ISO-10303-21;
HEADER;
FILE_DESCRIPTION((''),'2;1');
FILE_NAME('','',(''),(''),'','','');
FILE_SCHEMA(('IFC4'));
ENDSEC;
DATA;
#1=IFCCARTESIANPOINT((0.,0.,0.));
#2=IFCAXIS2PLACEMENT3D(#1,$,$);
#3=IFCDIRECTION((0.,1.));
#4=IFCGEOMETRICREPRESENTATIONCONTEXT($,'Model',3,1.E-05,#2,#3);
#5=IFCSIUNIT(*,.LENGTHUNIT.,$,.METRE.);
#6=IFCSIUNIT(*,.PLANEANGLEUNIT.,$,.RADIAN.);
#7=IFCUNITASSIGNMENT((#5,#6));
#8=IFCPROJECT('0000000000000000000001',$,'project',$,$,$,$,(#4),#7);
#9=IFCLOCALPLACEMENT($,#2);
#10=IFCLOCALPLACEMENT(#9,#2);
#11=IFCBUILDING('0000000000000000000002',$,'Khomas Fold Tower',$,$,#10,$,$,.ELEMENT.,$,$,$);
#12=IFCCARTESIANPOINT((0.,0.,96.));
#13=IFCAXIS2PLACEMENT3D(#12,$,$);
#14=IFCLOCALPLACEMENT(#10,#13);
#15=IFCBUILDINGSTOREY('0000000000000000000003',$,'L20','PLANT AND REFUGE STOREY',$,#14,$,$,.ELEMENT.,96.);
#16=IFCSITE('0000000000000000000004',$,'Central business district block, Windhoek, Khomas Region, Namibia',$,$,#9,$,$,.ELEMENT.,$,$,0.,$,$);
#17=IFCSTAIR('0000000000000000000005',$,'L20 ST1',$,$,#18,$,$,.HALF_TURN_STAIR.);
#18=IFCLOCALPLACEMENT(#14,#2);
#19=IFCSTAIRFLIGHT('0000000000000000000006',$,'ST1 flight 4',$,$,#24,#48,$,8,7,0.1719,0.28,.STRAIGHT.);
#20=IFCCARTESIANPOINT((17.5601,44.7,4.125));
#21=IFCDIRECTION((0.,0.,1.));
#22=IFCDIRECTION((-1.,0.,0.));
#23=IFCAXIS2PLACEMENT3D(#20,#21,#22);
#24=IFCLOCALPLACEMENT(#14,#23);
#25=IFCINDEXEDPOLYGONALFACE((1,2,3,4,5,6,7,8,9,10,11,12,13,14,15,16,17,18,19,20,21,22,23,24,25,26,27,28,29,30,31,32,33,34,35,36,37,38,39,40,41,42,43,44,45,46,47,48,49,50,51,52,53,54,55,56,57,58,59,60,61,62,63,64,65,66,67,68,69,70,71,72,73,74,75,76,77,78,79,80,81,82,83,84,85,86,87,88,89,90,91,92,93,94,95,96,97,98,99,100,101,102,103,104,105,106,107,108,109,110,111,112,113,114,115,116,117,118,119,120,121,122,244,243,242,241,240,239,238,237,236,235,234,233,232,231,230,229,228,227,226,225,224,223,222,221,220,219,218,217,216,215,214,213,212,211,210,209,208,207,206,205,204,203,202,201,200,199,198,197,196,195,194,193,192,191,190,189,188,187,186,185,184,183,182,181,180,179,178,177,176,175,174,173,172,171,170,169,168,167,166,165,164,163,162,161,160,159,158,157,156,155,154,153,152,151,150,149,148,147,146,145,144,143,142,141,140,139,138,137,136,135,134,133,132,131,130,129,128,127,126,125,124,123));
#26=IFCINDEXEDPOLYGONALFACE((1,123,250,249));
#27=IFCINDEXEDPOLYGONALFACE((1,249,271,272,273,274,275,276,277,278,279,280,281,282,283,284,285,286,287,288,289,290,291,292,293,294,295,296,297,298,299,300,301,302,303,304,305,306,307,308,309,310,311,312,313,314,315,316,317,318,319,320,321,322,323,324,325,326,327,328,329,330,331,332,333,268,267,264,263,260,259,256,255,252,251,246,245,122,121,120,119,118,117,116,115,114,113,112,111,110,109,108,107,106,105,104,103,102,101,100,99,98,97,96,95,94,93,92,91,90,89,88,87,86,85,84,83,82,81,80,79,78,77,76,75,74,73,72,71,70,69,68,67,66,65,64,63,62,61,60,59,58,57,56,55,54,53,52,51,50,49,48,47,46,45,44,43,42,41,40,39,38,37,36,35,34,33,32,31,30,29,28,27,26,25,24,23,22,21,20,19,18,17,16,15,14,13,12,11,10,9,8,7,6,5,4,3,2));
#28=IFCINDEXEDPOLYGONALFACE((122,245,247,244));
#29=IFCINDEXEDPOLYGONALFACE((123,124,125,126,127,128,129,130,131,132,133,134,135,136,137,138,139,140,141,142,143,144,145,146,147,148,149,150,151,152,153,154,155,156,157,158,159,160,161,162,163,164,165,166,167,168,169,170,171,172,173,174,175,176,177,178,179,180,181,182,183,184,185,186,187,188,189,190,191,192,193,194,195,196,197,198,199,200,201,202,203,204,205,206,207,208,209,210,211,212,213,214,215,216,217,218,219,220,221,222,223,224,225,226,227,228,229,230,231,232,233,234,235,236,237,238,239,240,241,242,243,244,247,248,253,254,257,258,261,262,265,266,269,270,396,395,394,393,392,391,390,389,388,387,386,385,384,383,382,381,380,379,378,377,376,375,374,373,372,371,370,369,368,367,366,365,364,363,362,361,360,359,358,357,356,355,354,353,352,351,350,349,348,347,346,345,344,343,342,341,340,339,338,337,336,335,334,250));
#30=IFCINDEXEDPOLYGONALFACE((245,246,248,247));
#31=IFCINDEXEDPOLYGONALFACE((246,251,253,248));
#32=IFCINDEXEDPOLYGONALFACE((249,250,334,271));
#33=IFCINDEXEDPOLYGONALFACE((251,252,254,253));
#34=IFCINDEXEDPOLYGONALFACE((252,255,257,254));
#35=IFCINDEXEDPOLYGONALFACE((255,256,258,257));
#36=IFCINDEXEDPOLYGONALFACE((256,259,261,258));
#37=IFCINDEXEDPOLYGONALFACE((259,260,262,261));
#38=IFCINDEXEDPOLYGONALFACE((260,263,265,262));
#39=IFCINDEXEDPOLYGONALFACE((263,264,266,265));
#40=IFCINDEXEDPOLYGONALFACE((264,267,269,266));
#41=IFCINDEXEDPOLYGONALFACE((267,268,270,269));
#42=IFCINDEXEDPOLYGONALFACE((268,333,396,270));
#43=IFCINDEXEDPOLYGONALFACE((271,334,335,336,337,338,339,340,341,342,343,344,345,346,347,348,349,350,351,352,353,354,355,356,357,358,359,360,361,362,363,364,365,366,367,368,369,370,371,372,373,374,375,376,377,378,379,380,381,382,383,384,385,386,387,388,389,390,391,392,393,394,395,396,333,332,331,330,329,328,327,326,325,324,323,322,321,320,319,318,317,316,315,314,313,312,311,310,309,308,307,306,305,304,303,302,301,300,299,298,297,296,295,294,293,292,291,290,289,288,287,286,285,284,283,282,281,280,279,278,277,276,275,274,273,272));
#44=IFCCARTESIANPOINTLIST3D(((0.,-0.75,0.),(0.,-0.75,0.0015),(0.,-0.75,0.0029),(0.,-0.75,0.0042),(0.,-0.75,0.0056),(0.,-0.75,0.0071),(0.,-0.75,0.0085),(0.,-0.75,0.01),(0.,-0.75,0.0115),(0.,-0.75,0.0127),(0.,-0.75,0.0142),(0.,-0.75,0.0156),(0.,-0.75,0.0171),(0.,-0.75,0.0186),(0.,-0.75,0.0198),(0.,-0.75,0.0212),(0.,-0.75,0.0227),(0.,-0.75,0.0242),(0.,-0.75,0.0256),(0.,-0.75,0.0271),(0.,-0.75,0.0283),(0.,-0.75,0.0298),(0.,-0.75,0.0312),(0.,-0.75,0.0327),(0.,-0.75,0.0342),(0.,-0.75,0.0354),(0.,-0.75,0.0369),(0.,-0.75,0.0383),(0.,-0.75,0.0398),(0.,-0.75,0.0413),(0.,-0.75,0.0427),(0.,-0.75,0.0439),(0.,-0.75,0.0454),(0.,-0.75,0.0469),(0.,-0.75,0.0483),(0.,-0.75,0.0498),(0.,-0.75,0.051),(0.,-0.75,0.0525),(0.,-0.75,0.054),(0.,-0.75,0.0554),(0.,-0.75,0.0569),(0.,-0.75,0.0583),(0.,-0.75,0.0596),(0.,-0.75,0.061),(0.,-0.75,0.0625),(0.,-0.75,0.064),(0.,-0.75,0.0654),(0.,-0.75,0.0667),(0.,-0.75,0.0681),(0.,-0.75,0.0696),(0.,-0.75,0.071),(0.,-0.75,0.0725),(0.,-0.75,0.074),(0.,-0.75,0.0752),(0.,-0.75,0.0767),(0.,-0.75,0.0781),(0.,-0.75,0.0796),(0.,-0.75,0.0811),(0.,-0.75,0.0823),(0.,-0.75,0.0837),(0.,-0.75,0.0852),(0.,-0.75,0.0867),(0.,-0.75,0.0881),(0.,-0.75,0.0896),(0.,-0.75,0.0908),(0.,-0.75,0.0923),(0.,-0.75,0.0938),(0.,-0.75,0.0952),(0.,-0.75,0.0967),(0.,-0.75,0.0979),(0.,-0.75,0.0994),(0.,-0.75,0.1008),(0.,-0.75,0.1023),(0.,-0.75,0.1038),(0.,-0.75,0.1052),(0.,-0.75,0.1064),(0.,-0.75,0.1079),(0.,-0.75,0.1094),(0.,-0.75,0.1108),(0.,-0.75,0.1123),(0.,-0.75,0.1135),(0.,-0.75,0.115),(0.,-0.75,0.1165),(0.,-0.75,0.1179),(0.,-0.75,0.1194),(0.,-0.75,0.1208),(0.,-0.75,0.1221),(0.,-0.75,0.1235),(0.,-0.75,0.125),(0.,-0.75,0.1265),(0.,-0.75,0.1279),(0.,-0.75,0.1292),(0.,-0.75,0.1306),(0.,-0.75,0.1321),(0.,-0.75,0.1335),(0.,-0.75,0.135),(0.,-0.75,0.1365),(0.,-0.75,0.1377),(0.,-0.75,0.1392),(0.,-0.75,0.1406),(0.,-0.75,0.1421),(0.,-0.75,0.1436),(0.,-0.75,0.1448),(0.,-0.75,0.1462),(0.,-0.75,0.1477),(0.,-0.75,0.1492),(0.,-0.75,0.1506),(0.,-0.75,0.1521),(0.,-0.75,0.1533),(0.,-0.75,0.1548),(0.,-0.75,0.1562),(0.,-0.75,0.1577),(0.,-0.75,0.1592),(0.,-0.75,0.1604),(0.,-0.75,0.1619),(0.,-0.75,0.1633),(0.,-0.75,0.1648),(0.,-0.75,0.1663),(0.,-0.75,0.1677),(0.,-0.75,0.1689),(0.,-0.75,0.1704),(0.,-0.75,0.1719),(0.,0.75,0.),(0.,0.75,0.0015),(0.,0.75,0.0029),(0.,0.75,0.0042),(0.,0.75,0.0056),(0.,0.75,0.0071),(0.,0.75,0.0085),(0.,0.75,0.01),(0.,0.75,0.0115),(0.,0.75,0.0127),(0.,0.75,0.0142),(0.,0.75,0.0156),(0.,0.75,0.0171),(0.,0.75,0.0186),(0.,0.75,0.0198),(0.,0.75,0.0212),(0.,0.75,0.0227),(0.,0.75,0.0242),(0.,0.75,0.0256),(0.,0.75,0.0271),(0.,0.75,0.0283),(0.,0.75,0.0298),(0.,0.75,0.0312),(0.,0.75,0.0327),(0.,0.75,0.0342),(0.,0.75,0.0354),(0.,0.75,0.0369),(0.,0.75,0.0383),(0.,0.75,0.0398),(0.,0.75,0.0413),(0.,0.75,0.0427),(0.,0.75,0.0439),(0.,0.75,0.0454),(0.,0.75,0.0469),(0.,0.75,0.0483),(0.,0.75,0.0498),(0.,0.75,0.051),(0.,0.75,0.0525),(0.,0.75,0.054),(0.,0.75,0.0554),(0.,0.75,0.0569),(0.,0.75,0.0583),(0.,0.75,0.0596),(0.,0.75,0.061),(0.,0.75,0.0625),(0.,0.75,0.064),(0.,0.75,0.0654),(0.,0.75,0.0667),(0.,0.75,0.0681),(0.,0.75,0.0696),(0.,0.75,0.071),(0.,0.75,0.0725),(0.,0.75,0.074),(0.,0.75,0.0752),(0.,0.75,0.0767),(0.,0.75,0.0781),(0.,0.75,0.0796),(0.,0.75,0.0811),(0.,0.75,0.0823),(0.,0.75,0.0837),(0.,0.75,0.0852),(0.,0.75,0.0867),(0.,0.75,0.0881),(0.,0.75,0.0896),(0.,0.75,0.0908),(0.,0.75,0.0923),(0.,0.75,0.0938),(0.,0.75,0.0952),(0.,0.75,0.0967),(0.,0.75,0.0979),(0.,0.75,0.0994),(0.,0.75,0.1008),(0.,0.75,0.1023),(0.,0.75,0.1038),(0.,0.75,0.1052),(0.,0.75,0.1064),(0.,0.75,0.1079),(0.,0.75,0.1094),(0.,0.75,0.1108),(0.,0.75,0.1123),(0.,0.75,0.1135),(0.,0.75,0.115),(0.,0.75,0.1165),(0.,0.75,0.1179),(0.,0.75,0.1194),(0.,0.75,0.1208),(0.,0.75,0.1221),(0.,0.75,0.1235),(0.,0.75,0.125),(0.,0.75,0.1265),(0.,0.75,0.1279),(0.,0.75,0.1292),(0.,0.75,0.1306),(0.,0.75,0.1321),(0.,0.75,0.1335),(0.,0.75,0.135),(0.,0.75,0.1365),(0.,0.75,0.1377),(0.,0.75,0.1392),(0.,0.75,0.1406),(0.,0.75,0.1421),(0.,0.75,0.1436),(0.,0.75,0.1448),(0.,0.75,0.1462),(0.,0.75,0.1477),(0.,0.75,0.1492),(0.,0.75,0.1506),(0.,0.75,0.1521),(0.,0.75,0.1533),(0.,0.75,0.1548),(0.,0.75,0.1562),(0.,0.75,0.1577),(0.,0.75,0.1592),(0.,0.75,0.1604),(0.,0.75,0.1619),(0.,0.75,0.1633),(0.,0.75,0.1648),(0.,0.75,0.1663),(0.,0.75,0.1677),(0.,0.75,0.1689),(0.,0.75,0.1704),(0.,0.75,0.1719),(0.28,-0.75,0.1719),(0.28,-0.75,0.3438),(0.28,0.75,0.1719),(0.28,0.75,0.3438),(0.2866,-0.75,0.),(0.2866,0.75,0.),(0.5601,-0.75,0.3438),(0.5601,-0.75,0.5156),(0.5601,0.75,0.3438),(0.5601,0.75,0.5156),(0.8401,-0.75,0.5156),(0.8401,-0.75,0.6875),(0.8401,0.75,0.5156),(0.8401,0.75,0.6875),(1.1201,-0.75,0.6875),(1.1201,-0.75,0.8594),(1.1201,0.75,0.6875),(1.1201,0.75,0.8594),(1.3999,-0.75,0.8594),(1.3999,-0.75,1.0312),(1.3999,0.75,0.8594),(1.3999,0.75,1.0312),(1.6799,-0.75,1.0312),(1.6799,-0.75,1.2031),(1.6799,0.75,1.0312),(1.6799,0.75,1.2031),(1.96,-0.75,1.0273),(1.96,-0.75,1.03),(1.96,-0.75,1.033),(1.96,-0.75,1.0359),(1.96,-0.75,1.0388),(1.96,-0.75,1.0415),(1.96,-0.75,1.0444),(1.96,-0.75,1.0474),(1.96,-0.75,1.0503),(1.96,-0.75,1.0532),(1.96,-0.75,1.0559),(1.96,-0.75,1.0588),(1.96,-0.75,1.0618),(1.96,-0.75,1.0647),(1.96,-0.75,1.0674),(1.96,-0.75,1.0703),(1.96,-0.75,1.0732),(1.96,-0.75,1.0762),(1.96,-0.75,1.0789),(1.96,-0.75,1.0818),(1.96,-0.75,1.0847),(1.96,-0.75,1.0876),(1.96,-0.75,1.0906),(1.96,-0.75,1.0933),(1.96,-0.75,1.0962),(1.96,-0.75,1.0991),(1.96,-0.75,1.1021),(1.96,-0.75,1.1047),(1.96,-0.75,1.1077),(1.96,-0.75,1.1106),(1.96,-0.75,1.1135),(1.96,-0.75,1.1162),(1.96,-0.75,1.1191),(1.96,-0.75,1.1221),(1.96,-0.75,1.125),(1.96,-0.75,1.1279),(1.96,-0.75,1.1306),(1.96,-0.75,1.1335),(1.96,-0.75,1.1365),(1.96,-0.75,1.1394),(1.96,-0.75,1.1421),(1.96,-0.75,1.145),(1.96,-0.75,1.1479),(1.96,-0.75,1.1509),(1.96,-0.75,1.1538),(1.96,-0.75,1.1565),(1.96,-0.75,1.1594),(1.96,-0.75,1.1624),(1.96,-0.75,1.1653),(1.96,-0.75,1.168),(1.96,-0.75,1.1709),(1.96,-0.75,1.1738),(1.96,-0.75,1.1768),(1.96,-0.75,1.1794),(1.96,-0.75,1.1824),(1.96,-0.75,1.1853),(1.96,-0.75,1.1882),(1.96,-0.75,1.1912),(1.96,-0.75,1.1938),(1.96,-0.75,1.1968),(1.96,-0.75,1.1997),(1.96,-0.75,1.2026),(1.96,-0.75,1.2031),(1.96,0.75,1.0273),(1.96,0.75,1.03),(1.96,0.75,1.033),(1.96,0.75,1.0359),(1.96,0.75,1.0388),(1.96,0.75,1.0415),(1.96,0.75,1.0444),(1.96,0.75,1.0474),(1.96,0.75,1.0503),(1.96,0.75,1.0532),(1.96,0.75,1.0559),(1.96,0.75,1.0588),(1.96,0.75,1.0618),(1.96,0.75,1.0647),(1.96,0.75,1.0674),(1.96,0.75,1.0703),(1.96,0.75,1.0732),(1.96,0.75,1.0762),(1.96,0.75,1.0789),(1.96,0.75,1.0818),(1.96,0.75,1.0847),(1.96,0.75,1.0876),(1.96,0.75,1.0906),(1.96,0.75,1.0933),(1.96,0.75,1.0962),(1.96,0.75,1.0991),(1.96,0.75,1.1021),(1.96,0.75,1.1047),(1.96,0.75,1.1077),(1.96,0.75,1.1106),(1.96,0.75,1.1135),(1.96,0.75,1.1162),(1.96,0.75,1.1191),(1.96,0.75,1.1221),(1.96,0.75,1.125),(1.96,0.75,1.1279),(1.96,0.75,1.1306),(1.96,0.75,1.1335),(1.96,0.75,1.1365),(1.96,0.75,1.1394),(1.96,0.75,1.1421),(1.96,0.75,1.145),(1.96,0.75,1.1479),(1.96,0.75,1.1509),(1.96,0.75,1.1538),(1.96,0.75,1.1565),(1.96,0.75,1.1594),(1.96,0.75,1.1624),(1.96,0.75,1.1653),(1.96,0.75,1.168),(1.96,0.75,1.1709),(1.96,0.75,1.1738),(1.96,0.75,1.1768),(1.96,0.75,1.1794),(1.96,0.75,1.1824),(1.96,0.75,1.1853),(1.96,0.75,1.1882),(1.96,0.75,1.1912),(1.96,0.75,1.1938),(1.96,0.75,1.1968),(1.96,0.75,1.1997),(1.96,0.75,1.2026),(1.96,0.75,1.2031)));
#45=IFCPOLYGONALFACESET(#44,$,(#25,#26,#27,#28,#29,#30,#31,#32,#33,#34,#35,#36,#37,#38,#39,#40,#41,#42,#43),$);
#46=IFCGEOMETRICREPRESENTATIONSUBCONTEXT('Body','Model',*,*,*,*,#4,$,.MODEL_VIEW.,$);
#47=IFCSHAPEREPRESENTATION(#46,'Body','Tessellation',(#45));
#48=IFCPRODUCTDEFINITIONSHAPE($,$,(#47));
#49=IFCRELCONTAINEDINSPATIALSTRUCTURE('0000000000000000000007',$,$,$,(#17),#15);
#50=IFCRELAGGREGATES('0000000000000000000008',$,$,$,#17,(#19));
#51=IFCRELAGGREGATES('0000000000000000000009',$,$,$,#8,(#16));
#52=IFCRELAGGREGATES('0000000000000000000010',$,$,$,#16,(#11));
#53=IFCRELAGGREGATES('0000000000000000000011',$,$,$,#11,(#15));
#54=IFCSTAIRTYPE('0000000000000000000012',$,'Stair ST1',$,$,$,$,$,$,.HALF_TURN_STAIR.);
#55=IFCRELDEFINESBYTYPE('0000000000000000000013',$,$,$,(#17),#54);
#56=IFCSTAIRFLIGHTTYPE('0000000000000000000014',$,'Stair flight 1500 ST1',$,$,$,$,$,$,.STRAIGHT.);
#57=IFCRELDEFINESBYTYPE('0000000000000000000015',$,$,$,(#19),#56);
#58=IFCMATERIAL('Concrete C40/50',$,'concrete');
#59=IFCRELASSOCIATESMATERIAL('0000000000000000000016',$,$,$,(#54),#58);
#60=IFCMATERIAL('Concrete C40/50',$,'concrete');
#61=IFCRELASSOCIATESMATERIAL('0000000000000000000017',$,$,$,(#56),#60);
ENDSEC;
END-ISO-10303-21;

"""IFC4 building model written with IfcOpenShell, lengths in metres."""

from ifc_helpers import new_model, si_unit, direction, frame, origin, place, context, subcontext, project, spatial, polyline, outline, extrude, source, transform, mapped, material, type_object, element, aggregate, save


model = new_model("IFC4")

# Units and contexts
model_context = context("Model", 3, precision=1e-05, world=origin(), true_north=direction((0.0, 1.0)))
body_context = subcontext(model_context, "Body", "Model", "MODEL_VIEW")
ifc_project = project(units=[si_unit("LENGTHUNIT", "METRE"), si_unit("PLANEANGLEUNIT", "RADIAN")], contexts=[model_context])

# Site, building, storey
site_placement = place(None, origin())
site = spatial("IfcSite", under=ifc_project, at=site_placement, Name="Central business district block, Windhoek, Khomas Region, Namibia", CompositionType="ELEMENT", RefElevation=0.0)
building_placement = place(site_placement, origin())
building = spatial("IfcBuilding", under=site, at=building_placement, Name="Khomas Fold Tower", CompositionType="ELEMENT")
storey_placement = place(building_placement, frame((0.0, 0.0, 96.0)))
storey = spatial("IfcBuildingStorey", under=building, at=storey_placement, Name="L20", Description="PLANT AND REFUGE STOREY", CompositionType="ELEMENT", Elevation=96.0)

# Stair, stair flight
ifc_material_1 = material(Name="Concrete C40/50", Category="concrete")
stair_type_1 = type_object("IfcStairType", Name="Stair ST1", PredefinedType="HALF_TURN_STAIR", material=ifc_material_1)
stair_1_placement = place(storey_placement, origin())
stair_1 = element("IfcStair", 1, at=stair_1_placement, inside=storey, type_object=stair_type_1, Name="L20 ST1", PredefinedType="HALF_TURN_STAIR")
ifc_material_2 = material(Name="Concrete C40/50", Category="concrete")
stair_flight_type_1 = type_object("IfcStairFlightType", Name="Stair flight 1500 ST1", PredefinedType="STRAIGHT", material=ifc_material_2)
shared_shape_1 = source(origin(), body_context, "Body", "SweptSolid", [
    extrude(outline(polyline([(0.0, 0.0), (0.0, 0.0015), (0.0, 0.0029), (0.0, 0.0042), (0.0, 0.0056), (0.0, 0.0071), (0.0, 0.0085), (0.0, 0.01), (0.0, 0.0115), (0.0, 0.0127), (0.0, 0.0142), (0.0, 0.0156), (0.0, 0.0171), (0.0, 0.0186), (0.0, 0.0198), (0.0, 0.0212), (0.0, 0.0227), (0.0, 0.0242), (0.0, 0.0256), (0.0, 0.0271), (0.0, 0.0283), (0.0, 0.0298), (0.0, 0.0312), (0.0, 0.0327), (0.0, 0.0342), (0.0, 0.0354), (0.0, 0.0369), (0.0, 0.0383), (0.0, 0.0398), (0.0, 0.0413), (0.0, 0.0427), (0.0, 0.0439), (0.0, 0.0454), (0.0, 0.0469), (0.0, 0.0483), (0.0, 0.0498), (0.0, 0.051), (0.0, 0.0525), (0.0, 0.054), (0.0, 0.0554), (0.0, 0.0569), (0.0, 0.0583), (0.0, 0.0596), (0.0, 0.061), (0.0, 0.0625), (0.0, 0.064), (0.0, 0.0654), (0.0, 0.0667), (0.0, 0.0681), (0.0, 0.0696), (0.0, 0.071), (0.0, 0.0725), (0.0, 0.074), (0.0, 0.0752), (0.0, 0.0767), (0.0, 0.0781), (0.0, 0.0796), (0.0, 0.0811), (0.0, 0.0823), (0.0, 0.0837), (0.0, 0.0852), (0.0, 0.0867), (0.0, 0.0881), (0.0, 0.0896), (0.0, 0.0908), (0.0, 0.0923), (0.0, 0.0938), (0.0, 0.0952), (0.0, 0.0967), (0.0, 0.0979), (0.0, 0.0994), (0.0, 0.1008), (0.0, 0.1023), (0.0, 0.1038), (0.0, 0.1052), (0.0, 0.1064), (0.0, 0.1079), (0.0, 0.1094), (0.0, 0.1108), (0.0, 0.1123), (0.0, 0.1135), (0.0, 0.115), (0.0, 0.1165), (0.0, 0.1179), (0.0, 0.1194), (0.0, 0.1208), (0.0, 0.1221), (0.0, 0.1235), (0.0, 0.125), (0.0, 0.1265), (0.0, 0.1279), (0.0, 0.1292), (0.0, 0.1306), (0.0, 0.1321), (0.0, 0.1335), (0.0, 0.135), (0.0, 0.1365), (0.0, 0.1377), (0.0, 0.1392), (0.0, 0.1406), (0.0, 0.1421), (0.0, 0.1436), (0.0, 0.1448), (0.0, 0.1462), (0.0, 0.1477), (0.0, 0.1492), (0.0, 0.1506), (0.0, 0.1521), (0.0, 0.1533), (0.0, 0.1548), (0.0, 0.1562), (0.0, 0.1577), (0.0, 0.1592), (0.0, 0.1604), (0.0, 0.1619), (0.0, 0.1633), (0.0, 0.1648), (0.0, 0.1663), (0.0, 0.1677), (0.0, 0.1689), (0.0, 0.1704), (0.0, 0.1719), (0.28, 0.1719), (0.28, 0.3438), (0.5601, 0.3438), (0.5601, 0.5156), (0.8401, 0.5156), (0.8401, 0.6875), (1.1201, 0.6875), (1.1201, 0.8594), (1.3999, 0.8594), (1.3999, 1.0312), (1.6799, 1.0312), (1.6799, 1.2031), (1.96, 1.2031), (1.96, 1.375), (1.96, 1.3721), (1.96, 1.3691), (1.96, 1.3665), (1.96, 1.3635), (1.96, 1.3606), (1.96, 1.3577), (1.96, 1.355), (1.96, 1.3521), (1.96, 1.3491), (1.96, 1.3462), (1.96, 1.3435), (1.96, 1.3406), (1.96, 1.3376), (1.96, 1.3347), (1.96, 1.3318), (1.96, 1.3291), (1.96, 1.3262), (1.96, 1.3232), (1.96, 1.3203), (1.96, 1.3176), (1.96, 1.3147), (1.96, 1.3118), (1.96, 1.3088), (1.96, 1.3059), (1.96, 1.3032), (1.96, 1.3003), (1.96, 1.2974), (1.96, 1.2944), (1.96, 1.2917), (1.96, 1.2888), (1.96, 1.2859), (1.96, 1.283), (1.96, 1.2803), (1.96, 1.2773), (1.96, 1.2744), (1.96, 1.2715), (1.96, 1.2686), (1.96, 1.2659), (1.96, 1.2629), (1.96, 1.26), (1.96, 1.2571), (1.96, 1.2544), (1.96, 1.2515), (1.96, 1.2485), (1.96, 1.2456), (1.96, 1.2427), (1.96, 1.24), (1.96, 1.2371), (1.96, 1.2341), (1.96, 1.2312), (1.96, 1.2285), (1.96, 1.2256), (1.96, 1.2227), (1.96, 1.2197), (1.96, 1.217), (1.96, 1.2141), (1.96, 1.2112), (1.96, 1.2083), (1.96, 1.2053), (1.96, 1.2026), (1.96, 1.1997), (1.96, 1.1968), (1.96, 1.1938), (1.96, 1.1912), (1.96, 1.1882), (1.96, 1.1853), (1.96, 1.1824), (1.96, 1.1794), (1.96, 1.1768), (1.96, 1.1738), (1.96, 1.1709), (1.96, 1.168), (1.96, 1.1653), (1.96, 1.1624), (1.96, 1.1594), (1.96, 1.1565), (1.96, 1.1538), (1.96, 1.1509), (1.96, 1.1479), (1.96, 1.145), (1.96, 1.1421), (1.96, 1.1394), (1.96, 1.1365), (1.96, 1.1335), (1.96, 1.1306), (1.96, 1.1279), (1.96, 1.125), (1.96, 1.1221), (1.96, 1.1191), (1.96, 1.1162), (1.96, 1.1135), (1.96, 1.1106), (1.96, 1.1077), (1.96, 1.1047), (1.96, 1.1021), (1.96, 1.0991), (1.96, 1.0962), (1.96, 1.0933), (1.96, 1.0906), (1.96, 1.0876), (1.96, 1.0847), (1.96, 1.0818), (1.96, 1.0789), (1.96, 1.0762), (1.96, 1.0732), (1.96, 1.0703), (1.96, 1.0674), (1.96, 1.0647), (1.96, 1.0618), (1.96, 1.0588), (1.96, 1.0559), (1.96, 1.0532), (1.96, 1.0503), (1.96, 1.0474), (1.96, 1.0444), (1.96, 1.0415), (1.96, 1.0388), (1.96, 1.0359), (1.96, 1.033), (1.96, 1.03), (1.96, 1.0273), (0.2866, 0.0), (0.0, 0.0)])), frame((0.0, 0.75, 0.0), z_axis=(0.0, -1.0, 0.0), x_axis=(1.0, 0.0, 0.0)), (0.0, 0.0, 1.0), 1.5),
])
stair_flight_1_placement = place(storey_placement, frame((17.5601, 44.7, 4.125), z_axis=(0.0, 0.0, 1.0), x_axis=(-1.0, 0.0, 0.0)))
stair_flight_1 = element("IfcStairFlight", 2, at=stair_flight_1_placement, type_object=stair_flight_type_1, Name="ST1 flight 4", NumberOfRisers=8, NumberOfTreads=7, PredefinedType="STRAIGHT", RiserHeight=0.1719, TreadLength=0.28, context=body_context, shape_type="MappedRepresentation", body=[
    mapped(shared_shape_1, transform((0.0, 0.0, 0.0))),
])
aggregate(stair_1, [stair_flight_1])

save(model, "model.ifc")
